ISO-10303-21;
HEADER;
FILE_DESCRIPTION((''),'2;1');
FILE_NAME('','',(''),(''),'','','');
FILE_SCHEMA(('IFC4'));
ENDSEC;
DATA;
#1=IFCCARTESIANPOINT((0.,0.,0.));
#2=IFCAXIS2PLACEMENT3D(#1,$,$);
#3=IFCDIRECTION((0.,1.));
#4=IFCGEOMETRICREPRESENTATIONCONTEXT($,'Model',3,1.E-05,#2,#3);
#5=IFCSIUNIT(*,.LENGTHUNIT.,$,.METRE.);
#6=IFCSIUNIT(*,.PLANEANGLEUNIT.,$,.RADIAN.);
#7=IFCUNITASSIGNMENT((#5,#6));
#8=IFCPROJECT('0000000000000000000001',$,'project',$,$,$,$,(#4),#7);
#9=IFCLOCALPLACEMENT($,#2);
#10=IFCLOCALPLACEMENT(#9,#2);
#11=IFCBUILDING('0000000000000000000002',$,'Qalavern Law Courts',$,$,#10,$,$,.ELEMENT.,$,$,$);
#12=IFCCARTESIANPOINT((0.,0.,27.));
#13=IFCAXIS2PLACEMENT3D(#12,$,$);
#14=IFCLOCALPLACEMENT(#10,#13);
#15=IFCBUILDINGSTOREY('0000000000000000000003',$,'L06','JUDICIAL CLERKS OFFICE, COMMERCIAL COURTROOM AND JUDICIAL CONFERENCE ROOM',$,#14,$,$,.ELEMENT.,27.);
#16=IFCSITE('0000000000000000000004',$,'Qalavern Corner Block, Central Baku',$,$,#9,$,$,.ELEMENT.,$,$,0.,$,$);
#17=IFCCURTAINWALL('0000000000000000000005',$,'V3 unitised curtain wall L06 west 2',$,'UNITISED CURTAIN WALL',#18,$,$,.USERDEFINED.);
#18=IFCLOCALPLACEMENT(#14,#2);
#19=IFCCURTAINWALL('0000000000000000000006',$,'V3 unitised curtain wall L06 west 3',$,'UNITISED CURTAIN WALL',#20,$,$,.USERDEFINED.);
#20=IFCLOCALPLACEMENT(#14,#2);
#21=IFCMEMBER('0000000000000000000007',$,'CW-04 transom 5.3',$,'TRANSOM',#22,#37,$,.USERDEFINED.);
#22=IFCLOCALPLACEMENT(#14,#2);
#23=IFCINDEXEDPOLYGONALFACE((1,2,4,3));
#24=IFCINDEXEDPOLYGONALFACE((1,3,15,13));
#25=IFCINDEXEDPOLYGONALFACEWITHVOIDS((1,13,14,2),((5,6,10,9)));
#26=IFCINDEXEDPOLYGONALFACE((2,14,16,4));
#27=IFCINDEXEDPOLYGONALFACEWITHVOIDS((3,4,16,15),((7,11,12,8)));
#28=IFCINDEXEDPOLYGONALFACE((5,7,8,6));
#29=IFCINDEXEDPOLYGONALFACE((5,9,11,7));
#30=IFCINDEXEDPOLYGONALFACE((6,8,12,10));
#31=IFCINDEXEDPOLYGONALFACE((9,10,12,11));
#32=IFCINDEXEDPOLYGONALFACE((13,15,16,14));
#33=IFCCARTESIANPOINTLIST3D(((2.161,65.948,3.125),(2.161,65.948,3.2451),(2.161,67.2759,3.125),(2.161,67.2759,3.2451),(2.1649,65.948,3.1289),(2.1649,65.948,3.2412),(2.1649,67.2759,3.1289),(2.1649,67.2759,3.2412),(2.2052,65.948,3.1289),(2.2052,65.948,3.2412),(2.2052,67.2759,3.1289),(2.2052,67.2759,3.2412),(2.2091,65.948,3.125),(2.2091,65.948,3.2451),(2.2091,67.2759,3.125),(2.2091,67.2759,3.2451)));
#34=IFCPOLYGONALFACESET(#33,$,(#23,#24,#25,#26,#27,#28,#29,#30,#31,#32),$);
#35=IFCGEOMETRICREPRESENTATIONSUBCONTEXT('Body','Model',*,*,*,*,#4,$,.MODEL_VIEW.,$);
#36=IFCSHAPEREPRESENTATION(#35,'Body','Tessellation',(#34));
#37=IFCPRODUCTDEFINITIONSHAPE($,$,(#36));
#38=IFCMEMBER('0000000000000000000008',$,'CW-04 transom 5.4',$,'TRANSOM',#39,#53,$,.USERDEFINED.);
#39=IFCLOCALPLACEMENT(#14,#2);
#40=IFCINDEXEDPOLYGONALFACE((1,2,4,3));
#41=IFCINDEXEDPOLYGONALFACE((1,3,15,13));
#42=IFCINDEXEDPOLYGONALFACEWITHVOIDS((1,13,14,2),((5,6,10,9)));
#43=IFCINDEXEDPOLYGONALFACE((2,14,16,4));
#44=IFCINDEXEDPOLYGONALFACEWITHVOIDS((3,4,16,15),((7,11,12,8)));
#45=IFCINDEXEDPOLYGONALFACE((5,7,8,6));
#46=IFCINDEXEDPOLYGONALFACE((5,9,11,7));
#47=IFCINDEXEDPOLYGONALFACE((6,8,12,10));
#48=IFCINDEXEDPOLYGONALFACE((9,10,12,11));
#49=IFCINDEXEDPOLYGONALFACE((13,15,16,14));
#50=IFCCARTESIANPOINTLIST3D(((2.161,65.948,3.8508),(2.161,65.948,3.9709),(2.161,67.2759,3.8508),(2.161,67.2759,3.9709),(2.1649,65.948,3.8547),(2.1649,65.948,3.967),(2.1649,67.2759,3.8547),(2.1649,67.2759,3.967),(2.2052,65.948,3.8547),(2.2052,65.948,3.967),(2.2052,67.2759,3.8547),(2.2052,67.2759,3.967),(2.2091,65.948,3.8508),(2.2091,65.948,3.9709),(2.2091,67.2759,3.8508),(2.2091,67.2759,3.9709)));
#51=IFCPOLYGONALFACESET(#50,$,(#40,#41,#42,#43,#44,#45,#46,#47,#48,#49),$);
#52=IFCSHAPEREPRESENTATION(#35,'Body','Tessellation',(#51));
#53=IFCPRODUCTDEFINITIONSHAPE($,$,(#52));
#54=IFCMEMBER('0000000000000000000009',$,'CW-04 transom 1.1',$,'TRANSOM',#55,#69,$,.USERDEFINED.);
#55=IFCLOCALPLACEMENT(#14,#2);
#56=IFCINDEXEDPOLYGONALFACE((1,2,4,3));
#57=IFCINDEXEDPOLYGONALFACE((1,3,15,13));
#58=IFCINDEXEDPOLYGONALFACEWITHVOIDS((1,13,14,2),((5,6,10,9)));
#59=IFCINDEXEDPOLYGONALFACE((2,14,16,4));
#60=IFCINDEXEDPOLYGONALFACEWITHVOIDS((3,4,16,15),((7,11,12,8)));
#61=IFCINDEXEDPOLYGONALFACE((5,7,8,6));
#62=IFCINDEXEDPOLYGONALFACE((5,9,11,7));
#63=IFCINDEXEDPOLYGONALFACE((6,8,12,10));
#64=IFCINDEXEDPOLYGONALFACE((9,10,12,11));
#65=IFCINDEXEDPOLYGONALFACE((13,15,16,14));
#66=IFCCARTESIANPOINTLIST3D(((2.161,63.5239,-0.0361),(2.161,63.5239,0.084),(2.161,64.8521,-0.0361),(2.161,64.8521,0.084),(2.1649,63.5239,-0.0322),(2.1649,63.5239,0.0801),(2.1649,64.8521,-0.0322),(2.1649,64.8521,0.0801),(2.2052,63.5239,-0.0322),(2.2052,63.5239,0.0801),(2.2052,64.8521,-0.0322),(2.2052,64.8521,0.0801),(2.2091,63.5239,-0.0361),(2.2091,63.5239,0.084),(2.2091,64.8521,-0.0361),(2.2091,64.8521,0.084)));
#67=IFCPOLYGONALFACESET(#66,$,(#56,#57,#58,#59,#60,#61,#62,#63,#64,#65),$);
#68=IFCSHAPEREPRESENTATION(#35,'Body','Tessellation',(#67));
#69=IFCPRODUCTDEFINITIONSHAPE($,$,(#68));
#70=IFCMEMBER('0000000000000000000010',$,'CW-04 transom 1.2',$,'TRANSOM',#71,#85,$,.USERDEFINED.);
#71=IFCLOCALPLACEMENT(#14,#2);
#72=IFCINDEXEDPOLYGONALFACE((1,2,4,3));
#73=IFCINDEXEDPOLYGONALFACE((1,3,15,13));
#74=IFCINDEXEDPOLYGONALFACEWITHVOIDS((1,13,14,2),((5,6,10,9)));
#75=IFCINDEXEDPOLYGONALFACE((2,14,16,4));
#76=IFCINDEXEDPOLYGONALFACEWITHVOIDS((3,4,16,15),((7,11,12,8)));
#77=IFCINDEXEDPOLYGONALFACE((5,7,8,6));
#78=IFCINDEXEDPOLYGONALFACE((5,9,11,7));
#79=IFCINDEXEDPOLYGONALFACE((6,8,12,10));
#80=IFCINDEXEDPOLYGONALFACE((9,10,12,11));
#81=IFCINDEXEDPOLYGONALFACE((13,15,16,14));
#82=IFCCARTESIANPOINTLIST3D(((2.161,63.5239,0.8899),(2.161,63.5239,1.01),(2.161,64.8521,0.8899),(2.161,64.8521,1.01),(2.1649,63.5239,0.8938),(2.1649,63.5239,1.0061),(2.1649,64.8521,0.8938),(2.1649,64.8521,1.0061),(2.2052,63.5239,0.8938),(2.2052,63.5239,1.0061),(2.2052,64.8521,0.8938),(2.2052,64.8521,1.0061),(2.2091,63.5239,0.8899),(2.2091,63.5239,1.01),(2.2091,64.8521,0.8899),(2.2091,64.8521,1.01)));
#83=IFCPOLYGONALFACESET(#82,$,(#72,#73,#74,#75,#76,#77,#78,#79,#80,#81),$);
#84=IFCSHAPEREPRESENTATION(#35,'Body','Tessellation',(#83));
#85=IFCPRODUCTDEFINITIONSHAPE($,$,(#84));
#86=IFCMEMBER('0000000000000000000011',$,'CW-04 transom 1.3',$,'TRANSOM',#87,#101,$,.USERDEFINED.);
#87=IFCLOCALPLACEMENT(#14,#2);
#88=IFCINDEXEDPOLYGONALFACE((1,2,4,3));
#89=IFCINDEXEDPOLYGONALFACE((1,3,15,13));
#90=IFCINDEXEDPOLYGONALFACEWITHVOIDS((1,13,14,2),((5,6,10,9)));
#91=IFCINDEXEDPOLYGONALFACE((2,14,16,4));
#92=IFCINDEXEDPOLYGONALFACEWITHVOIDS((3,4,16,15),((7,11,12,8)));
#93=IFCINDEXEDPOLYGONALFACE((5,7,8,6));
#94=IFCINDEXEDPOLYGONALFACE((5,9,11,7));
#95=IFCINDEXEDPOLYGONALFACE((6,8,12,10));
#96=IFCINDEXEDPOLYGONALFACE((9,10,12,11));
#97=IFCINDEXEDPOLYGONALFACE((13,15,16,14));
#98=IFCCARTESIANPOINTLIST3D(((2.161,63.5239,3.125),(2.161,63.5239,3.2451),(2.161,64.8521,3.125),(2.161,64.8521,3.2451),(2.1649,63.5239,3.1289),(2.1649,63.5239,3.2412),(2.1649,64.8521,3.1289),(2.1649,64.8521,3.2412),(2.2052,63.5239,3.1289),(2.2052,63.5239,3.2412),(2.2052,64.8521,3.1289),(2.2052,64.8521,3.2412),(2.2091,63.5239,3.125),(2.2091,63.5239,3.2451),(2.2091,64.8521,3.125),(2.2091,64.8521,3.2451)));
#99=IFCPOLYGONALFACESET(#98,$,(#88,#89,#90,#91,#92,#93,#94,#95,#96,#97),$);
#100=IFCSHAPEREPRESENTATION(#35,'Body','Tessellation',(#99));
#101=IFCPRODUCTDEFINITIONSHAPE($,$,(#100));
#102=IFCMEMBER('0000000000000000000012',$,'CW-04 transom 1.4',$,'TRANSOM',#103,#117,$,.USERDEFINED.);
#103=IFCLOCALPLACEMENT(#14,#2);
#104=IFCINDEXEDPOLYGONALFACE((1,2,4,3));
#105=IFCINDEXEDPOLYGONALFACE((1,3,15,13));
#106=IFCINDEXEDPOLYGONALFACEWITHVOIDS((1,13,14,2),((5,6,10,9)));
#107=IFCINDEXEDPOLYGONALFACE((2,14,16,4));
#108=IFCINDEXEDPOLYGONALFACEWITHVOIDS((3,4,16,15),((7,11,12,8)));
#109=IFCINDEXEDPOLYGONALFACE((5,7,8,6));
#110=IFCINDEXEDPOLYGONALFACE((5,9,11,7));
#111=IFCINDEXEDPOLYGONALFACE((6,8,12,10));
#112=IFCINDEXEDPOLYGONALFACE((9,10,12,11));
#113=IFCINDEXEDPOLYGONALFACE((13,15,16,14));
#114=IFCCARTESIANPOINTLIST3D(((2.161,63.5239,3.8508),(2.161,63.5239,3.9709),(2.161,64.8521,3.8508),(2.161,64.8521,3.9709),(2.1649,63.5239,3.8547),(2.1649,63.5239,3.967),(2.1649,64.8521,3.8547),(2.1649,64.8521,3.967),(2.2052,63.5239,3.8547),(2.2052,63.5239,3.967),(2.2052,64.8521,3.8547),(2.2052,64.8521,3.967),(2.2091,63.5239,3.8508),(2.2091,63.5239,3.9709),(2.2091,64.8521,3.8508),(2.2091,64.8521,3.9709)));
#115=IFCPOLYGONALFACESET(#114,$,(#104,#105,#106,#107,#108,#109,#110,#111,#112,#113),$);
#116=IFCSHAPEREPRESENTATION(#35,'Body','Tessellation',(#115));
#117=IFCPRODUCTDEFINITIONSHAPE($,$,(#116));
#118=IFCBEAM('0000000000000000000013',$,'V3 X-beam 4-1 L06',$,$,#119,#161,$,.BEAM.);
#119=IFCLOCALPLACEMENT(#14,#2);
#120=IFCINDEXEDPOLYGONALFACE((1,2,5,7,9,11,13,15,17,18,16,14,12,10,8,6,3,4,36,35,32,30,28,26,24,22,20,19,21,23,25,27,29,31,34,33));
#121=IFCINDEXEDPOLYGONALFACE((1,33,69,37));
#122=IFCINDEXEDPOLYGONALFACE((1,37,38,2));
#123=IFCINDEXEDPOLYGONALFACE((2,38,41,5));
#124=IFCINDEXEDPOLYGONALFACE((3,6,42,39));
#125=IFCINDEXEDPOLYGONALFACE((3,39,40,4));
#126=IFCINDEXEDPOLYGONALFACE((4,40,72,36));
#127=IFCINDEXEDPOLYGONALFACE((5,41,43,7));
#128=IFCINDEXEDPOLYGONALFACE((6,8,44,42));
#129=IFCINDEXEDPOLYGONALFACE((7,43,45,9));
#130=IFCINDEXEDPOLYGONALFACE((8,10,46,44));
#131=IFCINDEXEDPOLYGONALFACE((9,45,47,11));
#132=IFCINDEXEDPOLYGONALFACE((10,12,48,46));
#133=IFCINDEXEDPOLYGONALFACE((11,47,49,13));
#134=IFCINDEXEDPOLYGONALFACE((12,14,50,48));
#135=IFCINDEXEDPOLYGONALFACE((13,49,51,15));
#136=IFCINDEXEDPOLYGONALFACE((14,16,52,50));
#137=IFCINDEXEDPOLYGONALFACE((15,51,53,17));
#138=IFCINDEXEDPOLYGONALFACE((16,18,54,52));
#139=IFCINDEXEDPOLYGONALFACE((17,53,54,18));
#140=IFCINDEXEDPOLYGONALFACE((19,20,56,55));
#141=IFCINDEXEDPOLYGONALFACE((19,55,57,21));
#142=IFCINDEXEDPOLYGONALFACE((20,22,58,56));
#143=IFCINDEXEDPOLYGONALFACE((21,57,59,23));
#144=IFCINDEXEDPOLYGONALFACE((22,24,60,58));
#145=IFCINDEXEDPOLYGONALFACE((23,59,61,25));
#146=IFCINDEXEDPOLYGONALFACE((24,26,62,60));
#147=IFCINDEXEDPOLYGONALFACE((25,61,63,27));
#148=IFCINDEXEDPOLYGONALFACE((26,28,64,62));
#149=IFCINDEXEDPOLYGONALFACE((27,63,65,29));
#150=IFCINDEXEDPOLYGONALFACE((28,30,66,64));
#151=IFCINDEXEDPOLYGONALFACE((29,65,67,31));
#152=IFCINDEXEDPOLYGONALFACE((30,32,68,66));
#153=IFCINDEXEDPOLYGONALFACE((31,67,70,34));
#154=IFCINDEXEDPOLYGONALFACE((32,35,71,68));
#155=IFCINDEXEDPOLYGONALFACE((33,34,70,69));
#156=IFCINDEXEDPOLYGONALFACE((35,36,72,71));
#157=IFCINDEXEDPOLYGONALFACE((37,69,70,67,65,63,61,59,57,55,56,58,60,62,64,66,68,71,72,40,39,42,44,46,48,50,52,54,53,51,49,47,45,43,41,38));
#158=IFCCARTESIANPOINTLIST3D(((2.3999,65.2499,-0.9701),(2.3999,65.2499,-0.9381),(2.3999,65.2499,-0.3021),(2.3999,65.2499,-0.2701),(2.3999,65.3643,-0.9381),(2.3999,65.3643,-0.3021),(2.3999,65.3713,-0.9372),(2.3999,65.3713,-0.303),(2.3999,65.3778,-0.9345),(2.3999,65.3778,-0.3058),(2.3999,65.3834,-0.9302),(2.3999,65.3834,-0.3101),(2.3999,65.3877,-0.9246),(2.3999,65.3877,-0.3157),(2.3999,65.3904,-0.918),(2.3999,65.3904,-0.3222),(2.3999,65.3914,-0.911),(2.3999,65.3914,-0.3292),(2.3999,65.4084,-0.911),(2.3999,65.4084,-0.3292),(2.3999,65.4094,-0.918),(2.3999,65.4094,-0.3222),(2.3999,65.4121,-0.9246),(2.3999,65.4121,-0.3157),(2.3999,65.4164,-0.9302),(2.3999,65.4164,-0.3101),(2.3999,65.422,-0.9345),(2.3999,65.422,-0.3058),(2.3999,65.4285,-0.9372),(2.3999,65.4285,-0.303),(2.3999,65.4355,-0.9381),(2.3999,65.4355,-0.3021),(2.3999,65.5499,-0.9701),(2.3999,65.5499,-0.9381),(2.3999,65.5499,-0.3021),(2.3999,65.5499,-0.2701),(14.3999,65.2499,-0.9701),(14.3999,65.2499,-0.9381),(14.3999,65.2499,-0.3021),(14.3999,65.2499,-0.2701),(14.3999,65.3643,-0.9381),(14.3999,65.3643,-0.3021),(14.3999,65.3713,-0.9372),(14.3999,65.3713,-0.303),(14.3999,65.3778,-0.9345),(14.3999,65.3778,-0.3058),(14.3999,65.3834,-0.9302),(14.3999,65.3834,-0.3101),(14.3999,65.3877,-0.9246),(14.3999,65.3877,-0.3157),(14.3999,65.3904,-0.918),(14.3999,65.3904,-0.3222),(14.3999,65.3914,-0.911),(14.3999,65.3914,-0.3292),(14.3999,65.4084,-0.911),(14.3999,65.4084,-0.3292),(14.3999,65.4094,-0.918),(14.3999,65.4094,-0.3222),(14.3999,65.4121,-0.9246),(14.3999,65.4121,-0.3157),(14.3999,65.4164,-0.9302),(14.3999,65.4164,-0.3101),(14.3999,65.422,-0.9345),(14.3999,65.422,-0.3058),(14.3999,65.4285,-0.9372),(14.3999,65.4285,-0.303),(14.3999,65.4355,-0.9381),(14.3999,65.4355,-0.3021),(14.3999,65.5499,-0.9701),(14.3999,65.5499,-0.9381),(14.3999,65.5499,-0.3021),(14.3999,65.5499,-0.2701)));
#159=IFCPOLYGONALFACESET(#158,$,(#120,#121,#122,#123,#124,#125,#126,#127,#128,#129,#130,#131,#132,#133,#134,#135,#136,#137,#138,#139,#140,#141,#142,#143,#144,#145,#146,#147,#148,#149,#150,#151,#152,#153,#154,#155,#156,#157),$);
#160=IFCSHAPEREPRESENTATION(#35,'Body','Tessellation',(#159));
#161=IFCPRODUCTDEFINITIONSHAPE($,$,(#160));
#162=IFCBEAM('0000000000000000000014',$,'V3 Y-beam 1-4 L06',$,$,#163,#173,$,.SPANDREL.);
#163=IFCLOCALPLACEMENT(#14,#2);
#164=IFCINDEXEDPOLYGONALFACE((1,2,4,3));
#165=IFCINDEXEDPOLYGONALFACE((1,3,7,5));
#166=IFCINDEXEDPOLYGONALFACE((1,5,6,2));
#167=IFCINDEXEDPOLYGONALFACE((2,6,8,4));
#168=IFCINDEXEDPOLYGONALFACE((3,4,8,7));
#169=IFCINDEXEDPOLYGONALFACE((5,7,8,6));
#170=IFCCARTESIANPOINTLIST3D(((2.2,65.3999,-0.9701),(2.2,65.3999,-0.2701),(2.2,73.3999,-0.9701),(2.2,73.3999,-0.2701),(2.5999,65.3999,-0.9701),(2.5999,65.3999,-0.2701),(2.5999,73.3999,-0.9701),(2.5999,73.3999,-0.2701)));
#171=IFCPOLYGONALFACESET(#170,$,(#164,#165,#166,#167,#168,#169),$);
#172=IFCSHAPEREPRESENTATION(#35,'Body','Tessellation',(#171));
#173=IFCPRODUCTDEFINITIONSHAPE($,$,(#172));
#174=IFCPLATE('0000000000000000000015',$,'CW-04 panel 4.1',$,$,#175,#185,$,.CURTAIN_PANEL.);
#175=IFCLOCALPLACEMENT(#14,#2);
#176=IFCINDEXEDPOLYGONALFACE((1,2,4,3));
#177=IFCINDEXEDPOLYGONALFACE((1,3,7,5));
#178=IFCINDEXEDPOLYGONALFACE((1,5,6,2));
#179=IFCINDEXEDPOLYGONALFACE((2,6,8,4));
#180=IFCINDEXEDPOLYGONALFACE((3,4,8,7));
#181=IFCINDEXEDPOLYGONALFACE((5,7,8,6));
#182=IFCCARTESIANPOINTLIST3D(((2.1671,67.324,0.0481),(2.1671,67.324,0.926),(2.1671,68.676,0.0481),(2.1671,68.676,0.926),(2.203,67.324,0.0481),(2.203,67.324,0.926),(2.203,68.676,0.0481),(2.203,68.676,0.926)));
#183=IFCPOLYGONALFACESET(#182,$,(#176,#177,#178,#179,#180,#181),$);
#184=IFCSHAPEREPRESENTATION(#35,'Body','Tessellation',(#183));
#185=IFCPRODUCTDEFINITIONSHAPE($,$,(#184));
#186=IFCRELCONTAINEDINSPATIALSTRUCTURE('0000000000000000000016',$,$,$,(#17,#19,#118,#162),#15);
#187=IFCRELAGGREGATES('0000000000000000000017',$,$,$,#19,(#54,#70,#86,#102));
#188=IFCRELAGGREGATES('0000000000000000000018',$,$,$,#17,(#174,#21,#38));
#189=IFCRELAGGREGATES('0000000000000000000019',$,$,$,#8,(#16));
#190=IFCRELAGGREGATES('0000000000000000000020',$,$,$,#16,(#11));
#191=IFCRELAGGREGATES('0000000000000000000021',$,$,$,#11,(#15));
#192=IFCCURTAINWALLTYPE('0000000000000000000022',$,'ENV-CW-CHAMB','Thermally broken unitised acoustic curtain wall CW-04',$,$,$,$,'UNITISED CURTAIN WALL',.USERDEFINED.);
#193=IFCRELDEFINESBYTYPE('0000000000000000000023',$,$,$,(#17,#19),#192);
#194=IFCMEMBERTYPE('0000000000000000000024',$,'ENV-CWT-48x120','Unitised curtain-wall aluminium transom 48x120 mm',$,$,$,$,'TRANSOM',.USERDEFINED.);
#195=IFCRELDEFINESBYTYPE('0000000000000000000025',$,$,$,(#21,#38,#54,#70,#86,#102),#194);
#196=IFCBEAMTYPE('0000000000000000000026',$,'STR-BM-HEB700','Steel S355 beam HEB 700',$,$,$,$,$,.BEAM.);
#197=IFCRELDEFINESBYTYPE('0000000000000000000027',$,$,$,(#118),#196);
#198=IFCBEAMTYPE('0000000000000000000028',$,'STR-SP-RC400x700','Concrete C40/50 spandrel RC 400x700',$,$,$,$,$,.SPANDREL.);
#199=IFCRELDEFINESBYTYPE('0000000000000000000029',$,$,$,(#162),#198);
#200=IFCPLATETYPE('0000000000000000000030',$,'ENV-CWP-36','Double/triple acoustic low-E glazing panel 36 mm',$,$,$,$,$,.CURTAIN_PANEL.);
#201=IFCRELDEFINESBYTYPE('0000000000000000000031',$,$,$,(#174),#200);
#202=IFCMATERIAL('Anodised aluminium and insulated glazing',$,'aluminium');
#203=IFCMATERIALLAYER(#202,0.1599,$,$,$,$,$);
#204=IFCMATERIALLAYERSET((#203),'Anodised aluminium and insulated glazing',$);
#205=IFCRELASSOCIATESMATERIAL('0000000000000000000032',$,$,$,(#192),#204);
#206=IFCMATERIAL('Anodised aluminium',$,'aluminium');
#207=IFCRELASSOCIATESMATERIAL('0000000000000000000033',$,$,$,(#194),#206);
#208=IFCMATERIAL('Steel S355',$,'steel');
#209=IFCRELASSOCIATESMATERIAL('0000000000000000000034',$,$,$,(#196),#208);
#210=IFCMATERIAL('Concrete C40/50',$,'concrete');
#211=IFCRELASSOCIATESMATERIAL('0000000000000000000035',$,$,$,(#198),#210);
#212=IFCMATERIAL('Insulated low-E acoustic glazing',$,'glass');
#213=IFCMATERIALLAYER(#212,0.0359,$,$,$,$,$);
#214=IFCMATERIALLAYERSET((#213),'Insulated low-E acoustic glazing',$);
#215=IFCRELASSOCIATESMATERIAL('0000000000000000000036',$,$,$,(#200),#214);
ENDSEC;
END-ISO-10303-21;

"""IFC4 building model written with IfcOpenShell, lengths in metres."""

from ifc_helpers import new_model, si_unit, direction, frame, origin, origin_2d, place, context, subcontext, project, spatial, rectangle, hollow_rectangle, i_section, extrude, material, layer, layer_set, material_profile, profile_set, type_object, element, aggregate, save


model = new_model("IFC4")

# Units and contexts
model_context = context("Model", 3, precision=1e-05, world=origin(), true_north=direction((0.0, 1.0)))
body_context = subcontext(model_context, "Body", "Model", "MODEL_VIEW")
ifc_project = project(units=[si_unit("LENGTHUNIT", "METRE"), si_unit("PLANEANGLEUNIT", "RADIAN")], contexts=[model_context])

# Site, building, storey
site_placement = place(None, origin())
site = spatial("IfcSite", under=ifc_project, at=site_placement, Name="Qalavern Corner Block, Central Baku", CompositionType="ELEMENT", RefElevation=0.0)
building_placement = place(site_placement, origin())
building = spatial("IfcBuilding", under=site, at=building_placement, Name="Qalavern Law Courts", CompositionType="ELEMENT")
storey_placement = place(building_placement, frame((0.0, 0.0, 27.0)))
storey = spatial("IfcBuildingStorey", under=building, at=storey_placement, Name="L06", Description="JUDICIAL CLERKS OFFICE, COMMERCIAL COURTROOM AND JUDICIAL CONFERENCE ROOM", CompositionType="ELEMENT", Elevation=27.0)

# Curtain wall
ifc_material_1 = material(Name="Anodised aluminium and insulated glazing", Category="aluminium")
ifc_layer_1 = layer(ifc_material_1, 0.1599)
ifc_layer_set_1 = layer_set([ifc_layer_1], Name="Anodised aluminium and insulated glazing")
curtain_wall_type = type_object("IfcCurtainWallType", Name="ENV-CW-CHAMB", Description="Thermally broken unitised acoustic curtain wall CW-04", ElementType="UNITISED CURTAIN WALL", PredefinedType="USERDEFINED", material=ifc_layer_set_1)
curtain_wall_1_placement = place(storey_placement, origin())
curtain_wall_1 = element("IfcCurtainWall", 1, at=curtain_wall_1_placement, inside=storey, type_object=curtain_wall_type, Name="V3 unitised curtain wall L06 west 2", ObjectType="UNITISED CURTAIN WALL", PredefinedType="USERDEFINED")
ifc_material_2 = material(Name="Anodised aluminium", Category="aluminium")

# Curtain wall
curtain_wall_2_placement = place(storey_placement, origin())
curtain_wall_2 = element("IfcCurtainWall", 2, at=curtain_wall_2_placement, inside=storey, type_object=curtain_wall_type, Name="V3 unitised curtain wall L06 west 3", ObjectType="UNITISED CURTAIN WALL", PredefinedType="USERDEFINED")

# Members
ifc_material_profile_1 = material_profile(ifc_material_2, hollow_rectangle(XDim=0.0481, YDim=0.1201, WallThickness=0.0039, at=origin_2d()), Name="ALU TRANSOM 48x120")
ifc_profile_set_1 = profile_set([ifc_material_profile_1], Name="Anodised aluminium")
member_type_1 = type_object("IfcMemberType", Name="ENV-CWT-48x120", Description="Unitised curtain-wall aluminium transom 48x120 mm", ElementType="TRANSOM", PredefinedType="USERDEFINED", material=ifc_profile_set_1)
member_1_placement = place(storey_placement, frame((2.1851, 67.2759, 3.1851), z_axis=(0.0, -1.0, 0.0), x_axis=(1.0, 0.0, 0.0)))
member_1 = element("IfcMember", 3, at=member_1_placement, type_object=member_type_1, Name="CW-04 transom 5.3", ObjectType="TRANSOM", PredefinedType="USERDEFINED", context=body_context, shape_type="SweptSolid", body=[
    extrude(hollow_rectangle(XDim=0.0481, YDim=0.1201, WallThickness=0.0039, at=origin_2d()), origin(), (0.0, 0.0, 1.0), 1.3279),
])
member_2_placement = place(storey_placement, frame((2.1851, 67.2759, 3.9109), z_axis=(0.0, -1.0, 0.0), x_axis=(1.0, 0.0, 0.0)))
member_2 = element("IfcMember", 4, at=member_2_placement, type_object=member_type_1, Name="CW-04 transom 5.4", ObjectType="TRANSOM", PredefinedType="USERDEFINED", context=body_context, shape_type="SweptSolid", body=[
    extrude(hollow_rectangle(XDim=0.0481, YDim=0.1201, WallThickness=0.0039, at=origin_2d()), origin(), (0.0, 0.0, 1.0), 1.3279),
])
member_3_placement = place(storey_placement, frame((2.1851, 64.8521, 0.0239), z_axis=(0.0, -1.0, 0.0), x_axis=(1.0, 0.0, 0.0)))
member_3 = element("IfcMember", 5, at=member_3_placement, type_object=member_type_1, Name="CW-04 transom 1.1", ObjectType="TRANSOM", PredefinedType="USERDEFINED", context=body_context, shape_type="SweptSolid", body=[
    extrude(hollow_rectangle(XDim=0.0481, YDim=0.1201, WallThickness=0.0039, at=origin_2d()), origin(), (0.0, 0.0, 1.0), 1.3281),
])
member_4_placement = place(storey_placement, frame((2.1851, 64.8521, 0.95), z_axis=(0.0, -1.0, 0.0), x_axis=(1.0, 0.0, 0.0)))
member_4 = element("IfcMember", 6, at=member_4_placement, type_object=member_type_1, Name="CW-04 transom 1.2", ObjectType="TRANSOM", PredefinedType="USERDEFINED", context=body_context, shape_type="SweptSolid", body=[
    extrude(hollow_rectangle(XDim=0.0481, YDim=0.1201, WallThickness=0.0039, at=origin_2d()), origin(), (0.0, 0.0, 1.0), 1.3281),
])
member_5_placement = place(storey_placement, frame((2.1851, 64.8521, 3.1851), z_axis=(0.0, -1.0, 0.0), x_axis=(1.0, 0.0, 0.0)))
member_5 = element("IfcMember", 7, at=member_5_placement, type_object=member_type_1, Name="CW-04 transom 1.3", ObjectType="TRANSOM", PredefinedType="USERDEFINED", context=body_context, shape_type="SweptSolid", body=[
    extrude(hollow_rectangle(XDim=0.0481, YDim=0.1201, WallThickness=0.0039, at=origin_2d()), origin(), (0.0, 0.0, 1.0), 1.3281),
])
member_6_placement = place(storey_placement, frame((2.1851, 64.8521, 3.9109), z_axis=(0.0, -1.0, 0.0), x_axis=(1.0, 0.0, 0.0)))
member_6 = element("IfcMember", 8, at=member_6_placement, type_object=member_type_1, Name="CW-04 transom 1.4", ObjectType="TRANSOM", PredefinedType="USERDEFINED", context=body_context, shape_type="SweptSolid", body=[
    extrude(hollow_rectangle(XDim=0.0481, YDim=0.1201, WallThickness=0.0039, at=origin_2d()), origin(), (0.0, 0.0, 1.0), 1.3281),
])
aggregate(curtain_wall_2, [member_3, member_4, member_5, member_6])

# Beams
ifc_material_3 = material(Name="Steel S355", Category="steel")
ifc_material_profile_2 = material_profile(ifc_material_3, i_section(OverallWidth=0.3, OverallDepth=0.7, WebThickness=0.0171, FlangeThickness=0.032, FilletRadius=0.0271, at=origin_2d()), Name="HEB 700")
ifc_profile_set_2 = profile_set([ifc_material_profile_2], Name="Steel S355")
beam_type_1 = type_object("IfcBeamType", Name="STR-BM-HEB700", Description="Steel S355 beam HEB 700", PredefinedType="BEAM", material=ifc_profile_set_2)
beam_1_placement = place(storey_placement, frame((2.3999, 65.3999, -0.6201), z_axis=(1.0, 0.0, 0.0), x_axis=(0.0, 1.0, 0.0)))
element("IfcBeam", 9, at=beam_1_placement, inside=storey, type_object=beam_type_1, Name="V3 X-beam 4-1 L06", PredefinedType="BEAM", context=body_context, shape_type="SweptSolid", body=[
    extrude(i_section(OverallWidth=0.3, OverallDepth=0.7, WebThickness=0.0171, FlangeThickness=0.032, FilletRadius=0.0271, at=origin_2d()), origin(), (0.0, 0.0, 1.0), 12.0),
])
ifc_material_4 = material(Name="Concrete C40/50", Category="concrete")
ifc_material_profile_3 = material_profile(ifc_material_4, rectangle(XDim=0.3999, YDim=0.7, at=origin_2d()), Name="RC 400x700")
ifc_profile_set_3 = profile_set([ifc_material_profile_3], Name="Concrete C40/50")
beam_type_2 = type_object("IfcBeamType", Name="STR-SP-RC400x700", Description="Concrete C40/50 spandrel RC 400x700", PredefinedType="SPANDREL", material=ifc_profile_set_3)
beam_2_placement = place(storey_placement, frame((2.3999, 65.3999, -0.6201), z_axis=(0.0, 1.0, 0.0), x_axis=(-1.0, 0.0, 0.0)))
element("IfcBeam", 10, at=beam_2_placement, inside=storey, type_object=beam_type_2, Name="V3 Y-beam 1-4 L06", PredefinedType="SPANDREL", context=body_context, shape_type="SweptSolid", body=[
    extrude(rectangle(XDim=0.3999, YDim=0.7, at=origin_2d()), origin(), (0.0, 0.0, 1.0), 8.0),
])

# Plate
ifc_material_5 = material(Name="Insulated low-E acoustic glazing", Category="glass")
ifc_layer_2 = layer(ifc_material_5, 0.0359)
ifc_layer_set_2 = layer_set([ifc_layer_2], Name="Insulated low-E acoustic glazing")
plate_type = type_object("IfcPlateType", Name="ENV-CWP-36", Description="Double/triple acoustic low-E glazing panel 36 mm", PredefinedType="CURTAIN_PANEL", material=ifc_layer_set_2)
plate_1_placement = place(storey_placement, frame((2.1851, 68.0, 0.0481), z_axis=(0.0, 0.0, 1.0), x_axis=(0.0, -1.0, 0.0)))
plate_1 = element("IfcPlate", 11, at=plate_1_placement, type_object=plate_type, Name="CW-04 panel 4.1", PredefinedType="CURTAIN_PANEL", context=body_context, shape_type="SweptSolid", body=[
    extrude(rectangle(XDim=1.3521, YDim=0.0359, at=origin_2d()), origin(), (0.0, 0.0, 1.0), 0.8779),
])
aggregate(curtain_wall_1, [plate_1, member_1, member_2])

save(model, "model.ifc")
